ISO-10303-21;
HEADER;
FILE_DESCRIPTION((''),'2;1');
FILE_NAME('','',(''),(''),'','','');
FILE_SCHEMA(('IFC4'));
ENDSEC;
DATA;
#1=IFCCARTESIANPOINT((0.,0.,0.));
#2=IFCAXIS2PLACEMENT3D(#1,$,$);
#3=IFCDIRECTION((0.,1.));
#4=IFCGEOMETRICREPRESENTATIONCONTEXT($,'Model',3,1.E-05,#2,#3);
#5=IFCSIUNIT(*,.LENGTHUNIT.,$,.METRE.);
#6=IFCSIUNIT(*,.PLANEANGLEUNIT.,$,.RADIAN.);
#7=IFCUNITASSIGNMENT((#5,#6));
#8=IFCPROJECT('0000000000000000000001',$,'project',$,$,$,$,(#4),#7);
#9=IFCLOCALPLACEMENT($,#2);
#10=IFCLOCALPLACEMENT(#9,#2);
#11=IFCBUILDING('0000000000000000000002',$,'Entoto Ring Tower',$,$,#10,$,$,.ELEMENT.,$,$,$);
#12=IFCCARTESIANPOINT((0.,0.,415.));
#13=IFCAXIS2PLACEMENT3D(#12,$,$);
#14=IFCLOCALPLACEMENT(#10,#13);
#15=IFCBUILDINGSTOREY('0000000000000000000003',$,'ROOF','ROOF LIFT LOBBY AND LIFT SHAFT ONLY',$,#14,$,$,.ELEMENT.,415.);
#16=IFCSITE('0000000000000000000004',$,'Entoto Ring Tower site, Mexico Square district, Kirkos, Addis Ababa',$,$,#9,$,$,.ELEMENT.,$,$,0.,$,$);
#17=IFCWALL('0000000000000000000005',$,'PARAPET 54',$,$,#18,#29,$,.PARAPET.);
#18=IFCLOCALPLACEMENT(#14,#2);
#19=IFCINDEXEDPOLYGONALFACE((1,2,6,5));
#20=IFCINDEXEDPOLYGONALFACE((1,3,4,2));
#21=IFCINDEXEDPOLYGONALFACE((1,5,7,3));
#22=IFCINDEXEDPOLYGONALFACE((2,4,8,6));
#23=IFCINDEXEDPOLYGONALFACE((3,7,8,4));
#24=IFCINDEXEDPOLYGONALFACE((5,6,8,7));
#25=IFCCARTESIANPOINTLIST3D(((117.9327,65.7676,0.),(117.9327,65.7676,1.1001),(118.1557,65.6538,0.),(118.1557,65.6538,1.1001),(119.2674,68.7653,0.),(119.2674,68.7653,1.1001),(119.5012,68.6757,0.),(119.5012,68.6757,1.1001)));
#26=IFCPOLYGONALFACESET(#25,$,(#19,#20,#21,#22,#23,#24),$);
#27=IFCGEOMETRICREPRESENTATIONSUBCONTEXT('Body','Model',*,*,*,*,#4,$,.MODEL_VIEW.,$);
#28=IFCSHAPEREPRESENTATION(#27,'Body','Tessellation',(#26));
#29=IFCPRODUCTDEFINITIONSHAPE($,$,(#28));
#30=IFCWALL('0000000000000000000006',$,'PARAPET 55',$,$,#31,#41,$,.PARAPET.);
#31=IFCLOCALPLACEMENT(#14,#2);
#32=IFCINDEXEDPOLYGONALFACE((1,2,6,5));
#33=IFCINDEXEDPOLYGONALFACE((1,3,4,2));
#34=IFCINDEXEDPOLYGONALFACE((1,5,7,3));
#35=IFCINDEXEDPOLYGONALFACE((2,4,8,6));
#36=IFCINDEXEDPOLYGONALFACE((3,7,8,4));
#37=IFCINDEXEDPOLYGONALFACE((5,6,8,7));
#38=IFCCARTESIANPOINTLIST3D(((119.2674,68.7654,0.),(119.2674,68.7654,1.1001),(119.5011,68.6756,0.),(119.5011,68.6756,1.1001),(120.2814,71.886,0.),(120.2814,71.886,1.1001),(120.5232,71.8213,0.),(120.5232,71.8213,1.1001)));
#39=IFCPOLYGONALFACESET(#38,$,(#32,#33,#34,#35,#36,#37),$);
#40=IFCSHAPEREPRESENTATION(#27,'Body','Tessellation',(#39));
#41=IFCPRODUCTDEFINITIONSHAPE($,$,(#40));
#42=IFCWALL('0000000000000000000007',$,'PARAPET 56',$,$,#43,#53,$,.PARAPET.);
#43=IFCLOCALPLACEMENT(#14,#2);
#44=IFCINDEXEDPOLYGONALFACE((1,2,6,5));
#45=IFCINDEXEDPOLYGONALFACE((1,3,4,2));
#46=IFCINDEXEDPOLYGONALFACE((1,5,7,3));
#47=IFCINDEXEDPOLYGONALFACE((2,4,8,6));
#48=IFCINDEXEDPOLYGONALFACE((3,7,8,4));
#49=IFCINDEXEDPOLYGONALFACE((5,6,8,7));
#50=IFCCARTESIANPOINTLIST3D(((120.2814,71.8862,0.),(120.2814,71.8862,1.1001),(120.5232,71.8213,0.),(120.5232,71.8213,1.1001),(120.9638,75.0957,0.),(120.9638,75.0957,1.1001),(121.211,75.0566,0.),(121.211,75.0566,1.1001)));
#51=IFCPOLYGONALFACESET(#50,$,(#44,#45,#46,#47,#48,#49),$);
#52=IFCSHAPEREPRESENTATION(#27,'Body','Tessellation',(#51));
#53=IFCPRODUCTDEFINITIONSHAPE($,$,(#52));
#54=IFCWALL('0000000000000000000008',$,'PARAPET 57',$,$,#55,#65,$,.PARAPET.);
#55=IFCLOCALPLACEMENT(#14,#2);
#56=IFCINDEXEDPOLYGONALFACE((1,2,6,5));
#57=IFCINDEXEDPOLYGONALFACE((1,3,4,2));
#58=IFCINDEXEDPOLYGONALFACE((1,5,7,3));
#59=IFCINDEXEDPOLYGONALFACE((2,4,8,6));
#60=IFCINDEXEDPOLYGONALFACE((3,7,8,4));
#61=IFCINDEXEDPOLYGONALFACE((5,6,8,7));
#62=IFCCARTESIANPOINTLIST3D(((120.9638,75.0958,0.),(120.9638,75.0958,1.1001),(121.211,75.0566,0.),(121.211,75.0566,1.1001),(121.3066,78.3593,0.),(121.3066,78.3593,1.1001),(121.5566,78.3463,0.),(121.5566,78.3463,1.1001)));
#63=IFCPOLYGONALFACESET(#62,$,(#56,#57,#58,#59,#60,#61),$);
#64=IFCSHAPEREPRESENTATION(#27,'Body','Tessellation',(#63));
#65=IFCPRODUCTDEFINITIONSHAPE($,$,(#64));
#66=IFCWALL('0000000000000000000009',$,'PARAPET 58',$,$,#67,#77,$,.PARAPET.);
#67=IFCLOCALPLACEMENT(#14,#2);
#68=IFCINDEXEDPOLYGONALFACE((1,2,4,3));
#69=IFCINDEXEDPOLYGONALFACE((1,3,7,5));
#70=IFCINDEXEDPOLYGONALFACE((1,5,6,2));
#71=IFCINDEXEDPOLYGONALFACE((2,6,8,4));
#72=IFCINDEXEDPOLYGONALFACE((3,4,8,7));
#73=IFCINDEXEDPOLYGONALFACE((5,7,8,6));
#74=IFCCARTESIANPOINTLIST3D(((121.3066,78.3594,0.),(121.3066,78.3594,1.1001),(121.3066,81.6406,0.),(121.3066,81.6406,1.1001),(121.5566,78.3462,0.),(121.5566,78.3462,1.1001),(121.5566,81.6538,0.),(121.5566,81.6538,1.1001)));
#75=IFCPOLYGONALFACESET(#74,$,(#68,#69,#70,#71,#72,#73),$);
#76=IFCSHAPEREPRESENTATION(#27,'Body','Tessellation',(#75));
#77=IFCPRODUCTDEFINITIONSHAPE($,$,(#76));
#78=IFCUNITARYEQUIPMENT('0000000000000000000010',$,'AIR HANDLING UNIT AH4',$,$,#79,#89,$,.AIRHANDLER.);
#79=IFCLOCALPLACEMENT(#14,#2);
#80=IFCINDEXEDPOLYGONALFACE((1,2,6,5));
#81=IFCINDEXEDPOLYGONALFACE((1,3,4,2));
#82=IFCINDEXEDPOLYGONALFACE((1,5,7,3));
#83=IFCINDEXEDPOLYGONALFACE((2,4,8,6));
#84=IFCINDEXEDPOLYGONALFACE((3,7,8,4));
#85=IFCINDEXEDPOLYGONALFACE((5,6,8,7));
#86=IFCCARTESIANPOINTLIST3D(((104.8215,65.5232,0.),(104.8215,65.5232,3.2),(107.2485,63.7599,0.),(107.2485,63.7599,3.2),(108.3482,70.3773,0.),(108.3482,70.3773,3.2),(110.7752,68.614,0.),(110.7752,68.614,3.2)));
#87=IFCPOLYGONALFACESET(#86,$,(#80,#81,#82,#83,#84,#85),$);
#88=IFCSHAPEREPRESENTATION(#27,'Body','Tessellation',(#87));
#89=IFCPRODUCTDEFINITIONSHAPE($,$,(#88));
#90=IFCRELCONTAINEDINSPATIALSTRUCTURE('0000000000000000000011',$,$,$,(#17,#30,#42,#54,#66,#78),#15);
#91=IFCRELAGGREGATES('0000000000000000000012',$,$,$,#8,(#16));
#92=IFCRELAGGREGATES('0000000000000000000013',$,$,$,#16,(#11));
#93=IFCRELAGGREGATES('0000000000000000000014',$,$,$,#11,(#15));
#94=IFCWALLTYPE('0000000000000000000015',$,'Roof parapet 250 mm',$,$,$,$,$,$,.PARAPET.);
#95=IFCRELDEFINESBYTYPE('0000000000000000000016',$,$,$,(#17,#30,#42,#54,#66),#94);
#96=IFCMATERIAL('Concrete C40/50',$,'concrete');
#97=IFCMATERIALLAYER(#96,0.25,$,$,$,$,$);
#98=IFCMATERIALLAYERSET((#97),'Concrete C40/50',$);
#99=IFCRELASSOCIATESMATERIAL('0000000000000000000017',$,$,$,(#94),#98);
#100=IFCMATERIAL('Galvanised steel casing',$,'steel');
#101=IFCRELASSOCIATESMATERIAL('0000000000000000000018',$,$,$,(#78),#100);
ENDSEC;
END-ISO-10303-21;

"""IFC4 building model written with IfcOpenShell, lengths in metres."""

from ifc_helpers import new_model, si_unit, direction, frame, origin, origin_2d, place, context, subcontext, project, spatial, polyline, rectangle, outline, extrude, material, layer, layer_set, type_object, element, save


model = new_model("IFC4")

# Units and contexts
model_context = context("Model", 3, precision=1e-05, world=origin(), true_north=direction((0.0, 1.0)))
body_context = subcontext(model_context, "Body", "Model", "MODEL_VIEW")
ifc_project = project(units=[si_unit("LENGTHUNIT", "METRE"), si_unit("PLANEANGLEUNIT", "RADIAN")], contexts=[model_context])

# Site, building, storey
site_placement = place(None, origin())
site = spatial("IfcSite", under=ifc_project, at=site_placement, Name="Entoto Ring Tower site, Mexico Square district, Kirkos, Addis Ababa", CompositionType="ELEMENT", RefElevation=0.0)
building_placement = place(site_placement, origin())
building = spatial("IfcBuilding", under=site, at=building_placement, Name="Entoto Ring Tower", CompositionType="ELEMENT")
storey_placement = place(building_placement, frame((0.0, 0.0, 415.0)))
storey = spatial("IfcBuildingStorey", under=building, at=storey_placement, Name="ROOF", Description="ROOF LIFT LOBBY AND LIFT SHAFT ONLY", CompositionType="ELEMENT", Elevation=415.0)

# Walls
ifc_material_1 = material(Name="Concrete C40/50", Category="concrete")
ifc_layer = layer(ifc_material_1, 0.25)
ifc_layer_set = layer_set([ifc_layer], Name="Concrete C40/50")
wall_type = type_object("IfcWallType", Name="Roof parapet 250 mm", PredefinedType="PARAPET", material=ifc_layer_set)
wall_1_placement = place(storey_placement, frame((118.0442, 65.7107, 0.0), z_axis=(0.0, 0.0, 1.0), x_axis=(0.40675, 0.913539, 0.0)))
element("IfcWall", 1, at=wall_1_placement, inside=storey, type_object=wall_type, Name="PARAPET 54", PredefinedType="PARAPET", context=body_context, shape_type="SweptSolid", body=[
    extrude(outline(polyline([(-0.0066, -0.125), (3.3013, -0.125), (3.2881, 0.125), (0.0066, 0.125), (-0.0066, -0.125)])), origin(), (0.0, 0.0, 1.0), 1.1001),
])
for number, where, z_axis, x_axis, name in (
    (2, (119.3843, 68.7205, 0.0), (0.0, 0.0, 1.0), (0.309016, 0.951057, 0.0), "PARAPET 55"),
    (3, (120.4023, 71.8538, 0.0), (0.0, 0.0, 1.0), (0.207945, 0.978141, 0.0), "PARAPET 56"),
):
    element("IfcWall", number, at=place(storey_placement, frame(where, z_axis=z_axis, x_axis=x_axis)), inside=storey, type_object=wall_type, Name=name, PredefinedType="PARAPET", context=body_context, shape_type="SweptSolid", body=[
        extrude(outline(polyline([(-0.0066, -0.125), (3.301, -0.125), (3.2878, 0.125), (0.0066, 0.125), (-0.0066, -0.125)])), origin(), (0.0, 0.0, 1.0), 1.1001),
    ])
wall_2_placement = place(storey_placement, frame((121.0874, 75.0762, 0.0), z_axis=(0.0, 0.0, 1.0), x_axis=(0.104484, 0.994527, 0.0)))
element("IfcWall", 4, at=wall_2_placement, inside=storey, type_object=wall_type, Name="PARAPET 57", PredefinedType="PARAPET", context=body_context, shape_type="SweptSolid", body=[
    extrude(outline(polyline([(-0.0066, -0.125), (3.3013, -0.125), (3.2881, 0.125), (0.0066, 0.125), (-0.0066, -0.125)])), origin(), (0.0, 0.0, 1.0), 1.1001),
])
wall_3_placement = place(storey_placement, frame((121.4316, 78.3528, 0.0), z_axis=(0.0, 0.0, 1.0), x_axis=(0.0, 1.0, 0.0)))
element("IfcWall", 5, at=wall_3_placement, inside=storey, type_object=wall_type, Name="PARAPET 58", PredefinedType="PARAPET", context=body_context, shape_type="SweptSolid", body=[
    extrude(outline(polyline([(-0.0066, -0.125), (3.301, -0.125), (3.2878, 0.125), (0.0066, 0.125), (-0.0066, -0.125)])), origin(), (0.0, 0.0, 1.0), 1.1001),
])

# Unitary equipment
ifc_material_2 = material(Name="Galvanised steel casing", Category="steel")
unitary_equipment_placement = place(storey_placement, frame((107.7983, 67.0686, 0.0), z_axis=(0.0, 0.0, 1.0), x_axis=(0.809017, -0.587785, 0.0)))
element("IfcUnitaryEquipment", 6, at=unitary_equipment_placement, inside=storey, material=ifc_material_2, Name="AIR HANDLING UNIT AH4", PredefinedType="AIRHANDLER", context=body_context, shape_type="SweptSolid", body=[
    extrude(rectangle(XDim=3.0, YDim=6.0, at=origin_2d()), origin(), (0.0, 0.0, 1.0), 3.2),
])

save(model, "model.ifc")
